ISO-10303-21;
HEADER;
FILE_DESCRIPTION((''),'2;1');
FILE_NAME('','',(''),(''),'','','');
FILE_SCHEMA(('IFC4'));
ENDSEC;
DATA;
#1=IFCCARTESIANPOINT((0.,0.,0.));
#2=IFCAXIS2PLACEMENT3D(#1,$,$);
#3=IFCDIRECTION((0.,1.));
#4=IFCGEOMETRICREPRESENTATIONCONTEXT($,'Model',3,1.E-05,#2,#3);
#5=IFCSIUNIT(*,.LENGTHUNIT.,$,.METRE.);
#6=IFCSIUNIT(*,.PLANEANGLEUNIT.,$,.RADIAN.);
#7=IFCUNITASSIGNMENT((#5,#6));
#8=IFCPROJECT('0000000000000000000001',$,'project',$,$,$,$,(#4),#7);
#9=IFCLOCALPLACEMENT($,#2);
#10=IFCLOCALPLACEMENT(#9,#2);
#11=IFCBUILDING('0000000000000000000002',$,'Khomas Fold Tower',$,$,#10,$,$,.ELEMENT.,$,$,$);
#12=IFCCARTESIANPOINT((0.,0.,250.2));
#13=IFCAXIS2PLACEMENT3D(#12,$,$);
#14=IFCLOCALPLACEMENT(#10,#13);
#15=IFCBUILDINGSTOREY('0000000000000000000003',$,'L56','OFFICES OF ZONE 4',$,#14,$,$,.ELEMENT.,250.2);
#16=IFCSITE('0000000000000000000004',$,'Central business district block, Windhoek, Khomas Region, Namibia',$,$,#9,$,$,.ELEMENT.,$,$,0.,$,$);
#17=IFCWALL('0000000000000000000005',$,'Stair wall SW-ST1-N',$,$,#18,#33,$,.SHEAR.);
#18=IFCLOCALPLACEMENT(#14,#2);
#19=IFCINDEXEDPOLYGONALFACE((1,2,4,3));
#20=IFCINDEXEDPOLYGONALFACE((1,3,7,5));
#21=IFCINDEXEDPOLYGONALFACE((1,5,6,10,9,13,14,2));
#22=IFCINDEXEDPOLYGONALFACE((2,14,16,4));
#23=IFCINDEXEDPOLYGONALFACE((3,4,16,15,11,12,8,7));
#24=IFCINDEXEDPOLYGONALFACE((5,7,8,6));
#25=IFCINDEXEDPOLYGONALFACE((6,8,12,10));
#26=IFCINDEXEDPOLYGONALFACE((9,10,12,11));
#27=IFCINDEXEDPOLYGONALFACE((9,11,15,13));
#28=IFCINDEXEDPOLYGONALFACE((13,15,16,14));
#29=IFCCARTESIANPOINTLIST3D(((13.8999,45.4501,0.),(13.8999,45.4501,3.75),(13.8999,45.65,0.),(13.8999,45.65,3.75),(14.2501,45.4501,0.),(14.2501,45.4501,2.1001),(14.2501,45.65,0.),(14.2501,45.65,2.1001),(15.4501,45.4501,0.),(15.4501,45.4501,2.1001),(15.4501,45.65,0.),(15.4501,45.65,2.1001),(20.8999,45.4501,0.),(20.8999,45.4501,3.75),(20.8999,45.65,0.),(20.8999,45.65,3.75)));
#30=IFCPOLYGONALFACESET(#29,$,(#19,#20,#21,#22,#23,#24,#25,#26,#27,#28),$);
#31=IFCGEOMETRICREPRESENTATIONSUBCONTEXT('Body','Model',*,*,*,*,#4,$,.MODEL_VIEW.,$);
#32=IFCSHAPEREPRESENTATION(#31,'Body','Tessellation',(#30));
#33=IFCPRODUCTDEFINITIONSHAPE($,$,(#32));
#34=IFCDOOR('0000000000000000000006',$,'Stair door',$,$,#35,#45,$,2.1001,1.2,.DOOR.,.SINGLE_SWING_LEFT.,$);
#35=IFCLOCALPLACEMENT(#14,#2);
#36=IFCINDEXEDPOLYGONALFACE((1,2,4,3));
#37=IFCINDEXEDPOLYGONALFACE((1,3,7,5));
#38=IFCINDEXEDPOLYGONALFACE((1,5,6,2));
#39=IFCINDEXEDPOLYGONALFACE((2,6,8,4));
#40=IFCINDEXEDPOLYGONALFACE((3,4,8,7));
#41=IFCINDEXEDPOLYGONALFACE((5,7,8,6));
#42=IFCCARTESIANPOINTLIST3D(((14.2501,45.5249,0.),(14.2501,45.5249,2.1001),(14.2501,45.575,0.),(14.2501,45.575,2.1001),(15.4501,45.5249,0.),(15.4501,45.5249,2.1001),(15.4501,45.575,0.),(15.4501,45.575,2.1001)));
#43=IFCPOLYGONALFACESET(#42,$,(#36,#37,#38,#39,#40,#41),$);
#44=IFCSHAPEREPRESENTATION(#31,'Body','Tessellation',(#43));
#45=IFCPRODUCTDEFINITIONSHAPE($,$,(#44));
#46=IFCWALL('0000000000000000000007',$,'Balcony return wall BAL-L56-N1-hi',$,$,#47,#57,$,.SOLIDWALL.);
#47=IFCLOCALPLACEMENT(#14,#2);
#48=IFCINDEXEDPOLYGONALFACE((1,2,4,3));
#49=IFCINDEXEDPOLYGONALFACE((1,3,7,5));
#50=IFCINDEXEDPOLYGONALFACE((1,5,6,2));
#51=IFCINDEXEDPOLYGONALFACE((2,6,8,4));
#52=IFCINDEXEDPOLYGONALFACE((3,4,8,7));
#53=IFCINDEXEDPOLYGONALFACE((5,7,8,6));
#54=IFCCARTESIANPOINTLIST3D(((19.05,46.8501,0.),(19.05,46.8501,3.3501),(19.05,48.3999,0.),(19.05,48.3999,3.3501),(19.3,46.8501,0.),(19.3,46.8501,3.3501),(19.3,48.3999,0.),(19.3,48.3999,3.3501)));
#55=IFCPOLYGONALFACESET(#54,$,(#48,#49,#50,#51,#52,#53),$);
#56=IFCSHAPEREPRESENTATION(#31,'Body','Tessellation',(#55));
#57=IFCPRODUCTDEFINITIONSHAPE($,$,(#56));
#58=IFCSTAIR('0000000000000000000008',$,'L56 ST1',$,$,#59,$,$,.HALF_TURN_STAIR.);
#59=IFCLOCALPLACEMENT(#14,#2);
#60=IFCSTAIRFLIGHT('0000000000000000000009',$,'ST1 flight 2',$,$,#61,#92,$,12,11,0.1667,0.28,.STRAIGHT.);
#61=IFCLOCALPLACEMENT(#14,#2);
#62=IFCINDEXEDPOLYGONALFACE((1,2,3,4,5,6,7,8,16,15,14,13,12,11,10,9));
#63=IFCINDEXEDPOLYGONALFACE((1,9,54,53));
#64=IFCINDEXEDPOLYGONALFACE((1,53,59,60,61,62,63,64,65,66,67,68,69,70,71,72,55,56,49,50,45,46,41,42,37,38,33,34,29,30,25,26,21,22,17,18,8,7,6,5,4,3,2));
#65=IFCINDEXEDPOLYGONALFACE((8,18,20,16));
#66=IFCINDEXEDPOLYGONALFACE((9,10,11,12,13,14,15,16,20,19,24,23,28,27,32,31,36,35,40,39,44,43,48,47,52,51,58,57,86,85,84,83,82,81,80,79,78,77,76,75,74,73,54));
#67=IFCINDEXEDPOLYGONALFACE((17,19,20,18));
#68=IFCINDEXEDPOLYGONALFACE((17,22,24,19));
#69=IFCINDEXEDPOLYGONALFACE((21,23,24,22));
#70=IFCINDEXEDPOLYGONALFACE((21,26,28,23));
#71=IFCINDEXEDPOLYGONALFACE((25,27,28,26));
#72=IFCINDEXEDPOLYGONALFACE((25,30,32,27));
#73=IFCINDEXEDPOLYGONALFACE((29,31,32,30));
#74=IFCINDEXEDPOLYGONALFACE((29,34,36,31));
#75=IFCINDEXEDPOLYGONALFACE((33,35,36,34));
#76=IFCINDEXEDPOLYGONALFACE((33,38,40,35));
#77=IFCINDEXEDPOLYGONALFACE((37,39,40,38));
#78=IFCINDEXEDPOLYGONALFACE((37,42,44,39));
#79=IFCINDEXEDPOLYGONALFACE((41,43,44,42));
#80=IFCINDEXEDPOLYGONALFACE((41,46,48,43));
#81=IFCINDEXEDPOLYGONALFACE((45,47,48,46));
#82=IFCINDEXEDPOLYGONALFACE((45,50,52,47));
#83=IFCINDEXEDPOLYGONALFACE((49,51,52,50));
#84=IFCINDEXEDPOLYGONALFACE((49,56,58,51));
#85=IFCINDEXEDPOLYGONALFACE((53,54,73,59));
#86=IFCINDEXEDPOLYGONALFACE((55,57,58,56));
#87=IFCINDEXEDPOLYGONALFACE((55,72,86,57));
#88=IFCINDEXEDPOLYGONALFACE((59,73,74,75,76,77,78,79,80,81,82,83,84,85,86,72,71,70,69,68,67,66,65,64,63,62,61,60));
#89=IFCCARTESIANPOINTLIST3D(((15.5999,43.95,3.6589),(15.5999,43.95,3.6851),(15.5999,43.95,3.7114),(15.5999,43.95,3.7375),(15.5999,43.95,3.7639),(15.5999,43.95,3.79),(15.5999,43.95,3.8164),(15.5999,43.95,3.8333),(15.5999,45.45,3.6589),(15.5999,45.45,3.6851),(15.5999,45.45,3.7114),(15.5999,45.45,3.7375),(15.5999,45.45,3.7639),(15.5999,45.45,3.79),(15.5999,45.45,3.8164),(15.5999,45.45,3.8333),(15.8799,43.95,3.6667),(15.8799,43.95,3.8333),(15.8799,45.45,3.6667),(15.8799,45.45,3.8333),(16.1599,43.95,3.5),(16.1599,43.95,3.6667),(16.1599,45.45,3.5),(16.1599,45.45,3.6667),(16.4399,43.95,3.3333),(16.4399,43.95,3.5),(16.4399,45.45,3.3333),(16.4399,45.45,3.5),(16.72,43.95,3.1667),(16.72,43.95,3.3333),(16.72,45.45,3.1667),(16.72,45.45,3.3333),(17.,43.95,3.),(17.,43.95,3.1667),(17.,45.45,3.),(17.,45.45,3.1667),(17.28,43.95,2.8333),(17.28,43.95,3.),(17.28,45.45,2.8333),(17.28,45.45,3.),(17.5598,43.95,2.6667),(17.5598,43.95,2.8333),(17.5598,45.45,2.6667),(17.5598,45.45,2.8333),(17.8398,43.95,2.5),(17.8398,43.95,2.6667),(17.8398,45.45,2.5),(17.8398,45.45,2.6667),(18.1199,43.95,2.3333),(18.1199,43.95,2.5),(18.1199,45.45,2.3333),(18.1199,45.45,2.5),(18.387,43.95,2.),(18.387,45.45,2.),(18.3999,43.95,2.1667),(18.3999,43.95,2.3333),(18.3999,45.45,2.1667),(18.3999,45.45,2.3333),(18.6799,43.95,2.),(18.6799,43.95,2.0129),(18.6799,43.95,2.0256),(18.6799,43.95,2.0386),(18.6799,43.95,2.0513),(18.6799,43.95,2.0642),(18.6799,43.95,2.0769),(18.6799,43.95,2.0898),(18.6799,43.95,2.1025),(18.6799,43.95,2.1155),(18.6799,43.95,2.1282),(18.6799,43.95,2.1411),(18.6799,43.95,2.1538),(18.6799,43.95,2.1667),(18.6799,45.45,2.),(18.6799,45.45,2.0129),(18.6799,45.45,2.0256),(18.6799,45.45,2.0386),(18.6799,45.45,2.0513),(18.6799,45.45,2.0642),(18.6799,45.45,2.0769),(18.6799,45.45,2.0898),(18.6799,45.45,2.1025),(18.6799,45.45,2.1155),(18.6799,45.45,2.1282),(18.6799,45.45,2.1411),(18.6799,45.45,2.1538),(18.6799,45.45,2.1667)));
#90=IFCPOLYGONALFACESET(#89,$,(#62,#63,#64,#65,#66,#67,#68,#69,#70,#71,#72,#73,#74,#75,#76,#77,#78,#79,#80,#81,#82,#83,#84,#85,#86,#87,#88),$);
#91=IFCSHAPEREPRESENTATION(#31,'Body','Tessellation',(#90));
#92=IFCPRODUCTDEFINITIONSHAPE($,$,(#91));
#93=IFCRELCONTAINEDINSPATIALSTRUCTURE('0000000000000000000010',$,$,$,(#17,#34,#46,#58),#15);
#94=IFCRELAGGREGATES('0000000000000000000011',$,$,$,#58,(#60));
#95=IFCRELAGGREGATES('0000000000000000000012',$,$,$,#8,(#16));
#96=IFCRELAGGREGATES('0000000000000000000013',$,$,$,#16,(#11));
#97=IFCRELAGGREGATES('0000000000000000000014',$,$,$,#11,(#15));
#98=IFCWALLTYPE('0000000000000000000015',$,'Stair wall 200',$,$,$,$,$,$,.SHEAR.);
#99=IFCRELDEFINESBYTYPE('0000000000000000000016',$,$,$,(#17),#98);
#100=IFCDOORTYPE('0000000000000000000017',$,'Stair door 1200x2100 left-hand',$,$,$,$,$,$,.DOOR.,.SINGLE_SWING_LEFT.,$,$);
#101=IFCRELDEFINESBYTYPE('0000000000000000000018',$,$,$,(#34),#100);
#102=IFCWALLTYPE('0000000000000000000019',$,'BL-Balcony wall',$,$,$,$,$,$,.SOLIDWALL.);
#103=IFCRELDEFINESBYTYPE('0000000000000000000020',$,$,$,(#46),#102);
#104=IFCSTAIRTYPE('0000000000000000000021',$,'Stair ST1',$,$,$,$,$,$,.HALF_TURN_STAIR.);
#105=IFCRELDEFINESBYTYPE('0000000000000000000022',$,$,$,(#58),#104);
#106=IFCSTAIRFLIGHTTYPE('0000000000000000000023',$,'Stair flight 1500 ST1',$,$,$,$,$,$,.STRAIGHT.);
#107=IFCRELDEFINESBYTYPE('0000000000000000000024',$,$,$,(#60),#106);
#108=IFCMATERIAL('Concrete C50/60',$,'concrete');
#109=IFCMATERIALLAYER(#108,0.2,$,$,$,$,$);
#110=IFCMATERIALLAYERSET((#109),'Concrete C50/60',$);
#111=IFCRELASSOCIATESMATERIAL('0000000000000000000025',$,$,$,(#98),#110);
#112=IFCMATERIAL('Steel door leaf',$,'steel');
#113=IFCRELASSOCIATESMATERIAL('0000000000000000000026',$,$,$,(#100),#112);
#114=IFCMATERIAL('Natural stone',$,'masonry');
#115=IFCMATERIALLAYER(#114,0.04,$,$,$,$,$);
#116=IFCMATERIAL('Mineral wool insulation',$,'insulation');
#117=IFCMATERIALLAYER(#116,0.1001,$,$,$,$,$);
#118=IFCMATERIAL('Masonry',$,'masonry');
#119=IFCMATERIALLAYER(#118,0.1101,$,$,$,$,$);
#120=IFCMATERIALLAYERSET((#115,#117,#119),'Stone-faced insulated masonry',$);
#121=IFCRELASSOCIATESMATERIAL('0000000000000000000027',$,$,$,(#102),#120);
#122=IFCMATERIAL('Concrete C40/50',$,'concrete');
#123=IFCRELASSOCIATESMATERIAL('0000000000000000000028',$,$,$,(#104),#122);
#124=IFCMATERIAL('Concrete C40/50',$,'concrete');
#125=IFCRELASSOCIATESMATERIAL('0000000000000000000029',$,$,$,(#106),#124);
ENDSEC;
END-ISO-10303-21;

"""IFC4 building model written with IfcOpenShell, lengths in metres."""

from ifc_helpers import new_model, si_unit, direction, frame, frame_2d, origin, place, context, subcontext, project, spatial, polyline, rectangle, outline, extrude, source, transform, mapped, material, layer, layer_set, type_object, element, fill, aggregate, save


model = new_model("IFC4")

# Units and contexts
model_context = context("Model", 3, precision=1e-05, world=origin(), true_north=direction((0.0, 1.0)))
body_context = subcontext(model_context, "Body", "Model", "MODEL_VIEW")
ifc_project = project(units=[si_unit("LENGTHUNIT", "METRE"), si_unit("PLANEANGLEUNIT", "RADIAN")], contexts=[model_context])

# Site, building, storey
site_placement = place(None, origin())
site = spatial("IfcSite", under=ifc_project, at=site_placement, Name="Central business district block, Windhoek, Khomas Region, Namibia", CompositionType="ELEMENT", RefElevation=0.0)
building_placement = place(site_placement, origin())
building = spatial("IfcBuilding", under=site, at=building_placement, Name="Khomas Fold Tower", CompositionType="ELEMENT")
storey_placement = place(building_placement, frame((0.0, 0.0, 250.2)))
storey = spatial("IfcBuildingStorey", under=building, at=storey_placement, Name="L56", Description="OFFICES OF ZONE 4", CompositionType="ELEMENT", Elevation=250.2)

# Wall, opening, door
ifc_material_1 = material(Name="Concrete C50/60", Category="concrete")
ifc_layer_1 = layer(ifc_material_1, 0.2)
ifc_layer_set_1 = layer_set([ifc_layer_1], Name="Concrete C50/60")
wall_type_1 = type_object("IfcWallType", Name="Stair wall 200", PredefinedType="SHEAR", material=ifc_layer_set_1)
shared_shape_1 = source(origin(), body_context, "Body", "SweptSolid", [
    extrude(rectangle(XDim=7.0, YDim=0.2, at=frame_2d((3.5, 0.0))), origin(), (0.0, 0.0, 1.0), 3.75),
])
wall_1_placement = place(storey_placement, frame((13.8999, 45.55, 0.0), z_axis=(0.0, 0.0, 1.0), x_axis=(1.0, 0.0, 0.0)))
wall_1 = element("IfcWall", 1, at=wall_1_placement, inside=storey, type_object=wall_type_1, Name="Stair wall SW-ST1-N", PredefinedType="SHEAR", context=body_context, shape_type="MappedRepresentation", body=[
    mapped(shared_shape_1, transform((0.0, 0.0, 0.0))),
])
shared_shape_2 = source(origin(), body_context, "Body", "SweptSolid", [
    extrude(rectangle(XDim=1.2, YDim=2.1001, at=frame_2d((0.6001, 1.05))), frame((0.0, 0.1099, 0.0), z_axis=(0.0, -1.0, 0.0), x_axis=(1.0, 0.0, 0.0)), (0.0, 0.0, 1.0), 0.22),
])
opening_1_placement = place(wall_1_placement, frame((0.3501, 0.0, 0.0)))
opening_1 = element("IfcOpeningElement", 2, at=opening_1_placement, cuts=wall_1, PredefinedType="OPENING", context=body_context, shape_type="MappedRepresentation", body=[
    mapped(shared_shape_2, transform((0.0, 0.0, 0.0))),
])
ifc_material_2 = material(Name="Steel door leaf", Category="steel")
door_type_1 = type_object("IfcDoorType", Name="Stair door 1200x2100 left-hand", OperationType="SINGLE_SWING_LEFT", PredefinedType="DOOR", material=ifc_material_2)
shared_shape_3 = source(origin(), body_context, "Body", "SweptSolid", [
    extrude(rectangle(XDim=1.2, YDim=2.1001, at=frame_2d((0.6001, 1.05))), frame((0.0, 0.0249, 0.0), z_axis=(0.0, -1.0, 0.0), x_axis=(1.0, 0.0, 0.0)), (0.0, 0.0, 1.0), 0.05),
])
door_1_placement = place(opening_1_placement, origin())
door_1 = element("IfcDoor", 3, at=door_1_placement, inside=storey, type_object=door_type_1, Name="Stair door", OperationType="SINGLE_SWING_LEFT", OverallHeight=2.1001, OverallWidth=1.2, PredefinedType="DOOR", context=body_context, shape_type="MappedRepresentation", body=[
    mapped(shared_shape_3, transform((0.0, 0.0, 0.0))),
])
fill(opening_1, door_1)

# Shared definitions
ifc_material_3 = material(Name="Natural stone", Category="masonry")
ifc_layer_2 = layer(ifc_material_3, 0.04)
ifc_material_4 = material(Name="Mineral wool insulation", Category="insulation")
ifc_layer_3 = layer(ifc_material_4, 0.1001)
ifc_material_5 = material(Name="Masonry", Category="masonry")
ifc_layer_4 = layer(ifc_material_5, 0.1101)
ifc_layer_set_2 = layer_set([ifc_layer_2, ifc_layer_3, ifc_layer_4], Name="Stone-faced insulated masonry")
wall_type_2 = type_object("IfcWallType", Name="BL-Balcony wall", PredefinedType="SOLIDWALL", material=ifc_layer_set_2)

# Wall
shared_shape_4 = source(origin(), body_context, "Body", "SweptSolid", [
    extrude(rectangle(XDim=1.5498, YDim=0.25, at=frame_2d((0.7749, 0.0))), origin(), (0.0, 0.0, 1.0), 3.3501),
])
wall_2_placement = place(storey_placement, frame((19.175, 48.3999, 0.0), z_axis=(0.0, 0.0, 1.0), x_axis=(0.0, -1.0, 0.0)))
element("IfcWall", 4, at=wall_2_placement, inside=storey, type_object=wall_type_2, Name="Balcony return wall BAL-L56-N1-hi", PredefinedType="SOLIDWALL", context=body_context, shape_type="MappedRepresentation", body=[
    mapped(shared_shape_4, transform((0.0, 0.0, 0.0))),
])

# Stair, stair flight
ifc_material_6 = material(Name="Concrete C40/50", Category="concrete")
stair_type = type_object("IfcStairType", Name="Stair ST1", PredefinedType="HALF_TURN_STAIR", material=ifc_material_6)
stair_placement = place(storey_placement, origin())
stair = element("IfcStair", 5, at=stair_placement, inside=storey, type_object=stair_type, Name="L56 ST1", PredefinedType="HALF_TURN_STAIR")
ifc_material_7 = material(Name="Concrete C40/50", Category="concrete")
stair_flight_type = type_object("IfcStairFlightType", Name="Stair flight 1500 ST1", PredefinedType="STRAIGHT", material=ifc_material_7)
shared_shape_5 = source(origin(), body_context, "Body", "SweptSolid", [
    extrude(outline(polyline([(0.0, 0.0), (0.0, 0.0129), (0.0, 0.0256), (0.0, 0.0386), (0.0, 0.0513), (0.0, 0.0642), (0.0, 0.0769), (0.0, 0.0898), (0.0, 0.1025), (0.0, 0.1155), (0.0, 0.1282), (0.0, 0.1411), (0.0, 0.1538), (0.0, 0.1667), (0.28, 0.1667), (0.28, 0.3333), (0.5601, 0.3333), (0.5601, 0.5), (0.8401, 0.5), (0.8401, 0.6667), (1.1201, 0.6667), (1.1201, 0.8333), (1.3999, 0.8333), (1.3999, 1.0), (1.6799, 1.0), (1.6799, 1.1667), (1.96, 1.1667), (1.96, 1.3333), (2.24, 1.3333), (2.24, 1.5), (2.52, 1.5), (2.52, 1.6667), (2.8, 1.6667), (2.8, 1.8333), (3.0801, 1.8333), (3.0801, 2.0), (3.0801, 1.9739), (3.0801, 1.9475), (3.0801, 1.9214), (3.0801, 1.895), (3.0801, 1.8689), (3.0801, 1.8425), (3.0801, 1.8164), (3.0801, 1.79), (3.0801, 1.7639), (3.0801, 1.7375), (3.0801, 1.7114), (3.0801, 1.6851), (3.0801, 1.6589), (0.293, 0.0), (0.0, 0.0)])), frame((0.0, 0.75, 0.0), z_axis=(0.0, -1.0, 0.0), x_axis=(1.0, 0.0, 0.0)), (0.0, 0.0, 1.0), 1.5),
])
stair_flight_placement = place(storey_placement, frame((18.6799, 44.7, 2.0), z_axis=(0.0, 0.0, 1.0), x_axis=(-1.0, 0.0, 0.0)))
stair_flight = element("IfcStairFlight", 6, at=stair_flight_placement, type_object=stair_flight_type, Name="ST1 flight 2", NumberOfRisers=12, NumberOfTreads=11, PredefinedType="STRAIGHT", RiserHeight=0.1667, TreadLength=0.28, context=body_context, shape_type="MappedRepresentation", body=[
    mapped(shared_shape_5, transform((0.0, 0.0, 0.0))),
])
aggregate(stair, [stair_flight])

save(model, "model.ifc")
